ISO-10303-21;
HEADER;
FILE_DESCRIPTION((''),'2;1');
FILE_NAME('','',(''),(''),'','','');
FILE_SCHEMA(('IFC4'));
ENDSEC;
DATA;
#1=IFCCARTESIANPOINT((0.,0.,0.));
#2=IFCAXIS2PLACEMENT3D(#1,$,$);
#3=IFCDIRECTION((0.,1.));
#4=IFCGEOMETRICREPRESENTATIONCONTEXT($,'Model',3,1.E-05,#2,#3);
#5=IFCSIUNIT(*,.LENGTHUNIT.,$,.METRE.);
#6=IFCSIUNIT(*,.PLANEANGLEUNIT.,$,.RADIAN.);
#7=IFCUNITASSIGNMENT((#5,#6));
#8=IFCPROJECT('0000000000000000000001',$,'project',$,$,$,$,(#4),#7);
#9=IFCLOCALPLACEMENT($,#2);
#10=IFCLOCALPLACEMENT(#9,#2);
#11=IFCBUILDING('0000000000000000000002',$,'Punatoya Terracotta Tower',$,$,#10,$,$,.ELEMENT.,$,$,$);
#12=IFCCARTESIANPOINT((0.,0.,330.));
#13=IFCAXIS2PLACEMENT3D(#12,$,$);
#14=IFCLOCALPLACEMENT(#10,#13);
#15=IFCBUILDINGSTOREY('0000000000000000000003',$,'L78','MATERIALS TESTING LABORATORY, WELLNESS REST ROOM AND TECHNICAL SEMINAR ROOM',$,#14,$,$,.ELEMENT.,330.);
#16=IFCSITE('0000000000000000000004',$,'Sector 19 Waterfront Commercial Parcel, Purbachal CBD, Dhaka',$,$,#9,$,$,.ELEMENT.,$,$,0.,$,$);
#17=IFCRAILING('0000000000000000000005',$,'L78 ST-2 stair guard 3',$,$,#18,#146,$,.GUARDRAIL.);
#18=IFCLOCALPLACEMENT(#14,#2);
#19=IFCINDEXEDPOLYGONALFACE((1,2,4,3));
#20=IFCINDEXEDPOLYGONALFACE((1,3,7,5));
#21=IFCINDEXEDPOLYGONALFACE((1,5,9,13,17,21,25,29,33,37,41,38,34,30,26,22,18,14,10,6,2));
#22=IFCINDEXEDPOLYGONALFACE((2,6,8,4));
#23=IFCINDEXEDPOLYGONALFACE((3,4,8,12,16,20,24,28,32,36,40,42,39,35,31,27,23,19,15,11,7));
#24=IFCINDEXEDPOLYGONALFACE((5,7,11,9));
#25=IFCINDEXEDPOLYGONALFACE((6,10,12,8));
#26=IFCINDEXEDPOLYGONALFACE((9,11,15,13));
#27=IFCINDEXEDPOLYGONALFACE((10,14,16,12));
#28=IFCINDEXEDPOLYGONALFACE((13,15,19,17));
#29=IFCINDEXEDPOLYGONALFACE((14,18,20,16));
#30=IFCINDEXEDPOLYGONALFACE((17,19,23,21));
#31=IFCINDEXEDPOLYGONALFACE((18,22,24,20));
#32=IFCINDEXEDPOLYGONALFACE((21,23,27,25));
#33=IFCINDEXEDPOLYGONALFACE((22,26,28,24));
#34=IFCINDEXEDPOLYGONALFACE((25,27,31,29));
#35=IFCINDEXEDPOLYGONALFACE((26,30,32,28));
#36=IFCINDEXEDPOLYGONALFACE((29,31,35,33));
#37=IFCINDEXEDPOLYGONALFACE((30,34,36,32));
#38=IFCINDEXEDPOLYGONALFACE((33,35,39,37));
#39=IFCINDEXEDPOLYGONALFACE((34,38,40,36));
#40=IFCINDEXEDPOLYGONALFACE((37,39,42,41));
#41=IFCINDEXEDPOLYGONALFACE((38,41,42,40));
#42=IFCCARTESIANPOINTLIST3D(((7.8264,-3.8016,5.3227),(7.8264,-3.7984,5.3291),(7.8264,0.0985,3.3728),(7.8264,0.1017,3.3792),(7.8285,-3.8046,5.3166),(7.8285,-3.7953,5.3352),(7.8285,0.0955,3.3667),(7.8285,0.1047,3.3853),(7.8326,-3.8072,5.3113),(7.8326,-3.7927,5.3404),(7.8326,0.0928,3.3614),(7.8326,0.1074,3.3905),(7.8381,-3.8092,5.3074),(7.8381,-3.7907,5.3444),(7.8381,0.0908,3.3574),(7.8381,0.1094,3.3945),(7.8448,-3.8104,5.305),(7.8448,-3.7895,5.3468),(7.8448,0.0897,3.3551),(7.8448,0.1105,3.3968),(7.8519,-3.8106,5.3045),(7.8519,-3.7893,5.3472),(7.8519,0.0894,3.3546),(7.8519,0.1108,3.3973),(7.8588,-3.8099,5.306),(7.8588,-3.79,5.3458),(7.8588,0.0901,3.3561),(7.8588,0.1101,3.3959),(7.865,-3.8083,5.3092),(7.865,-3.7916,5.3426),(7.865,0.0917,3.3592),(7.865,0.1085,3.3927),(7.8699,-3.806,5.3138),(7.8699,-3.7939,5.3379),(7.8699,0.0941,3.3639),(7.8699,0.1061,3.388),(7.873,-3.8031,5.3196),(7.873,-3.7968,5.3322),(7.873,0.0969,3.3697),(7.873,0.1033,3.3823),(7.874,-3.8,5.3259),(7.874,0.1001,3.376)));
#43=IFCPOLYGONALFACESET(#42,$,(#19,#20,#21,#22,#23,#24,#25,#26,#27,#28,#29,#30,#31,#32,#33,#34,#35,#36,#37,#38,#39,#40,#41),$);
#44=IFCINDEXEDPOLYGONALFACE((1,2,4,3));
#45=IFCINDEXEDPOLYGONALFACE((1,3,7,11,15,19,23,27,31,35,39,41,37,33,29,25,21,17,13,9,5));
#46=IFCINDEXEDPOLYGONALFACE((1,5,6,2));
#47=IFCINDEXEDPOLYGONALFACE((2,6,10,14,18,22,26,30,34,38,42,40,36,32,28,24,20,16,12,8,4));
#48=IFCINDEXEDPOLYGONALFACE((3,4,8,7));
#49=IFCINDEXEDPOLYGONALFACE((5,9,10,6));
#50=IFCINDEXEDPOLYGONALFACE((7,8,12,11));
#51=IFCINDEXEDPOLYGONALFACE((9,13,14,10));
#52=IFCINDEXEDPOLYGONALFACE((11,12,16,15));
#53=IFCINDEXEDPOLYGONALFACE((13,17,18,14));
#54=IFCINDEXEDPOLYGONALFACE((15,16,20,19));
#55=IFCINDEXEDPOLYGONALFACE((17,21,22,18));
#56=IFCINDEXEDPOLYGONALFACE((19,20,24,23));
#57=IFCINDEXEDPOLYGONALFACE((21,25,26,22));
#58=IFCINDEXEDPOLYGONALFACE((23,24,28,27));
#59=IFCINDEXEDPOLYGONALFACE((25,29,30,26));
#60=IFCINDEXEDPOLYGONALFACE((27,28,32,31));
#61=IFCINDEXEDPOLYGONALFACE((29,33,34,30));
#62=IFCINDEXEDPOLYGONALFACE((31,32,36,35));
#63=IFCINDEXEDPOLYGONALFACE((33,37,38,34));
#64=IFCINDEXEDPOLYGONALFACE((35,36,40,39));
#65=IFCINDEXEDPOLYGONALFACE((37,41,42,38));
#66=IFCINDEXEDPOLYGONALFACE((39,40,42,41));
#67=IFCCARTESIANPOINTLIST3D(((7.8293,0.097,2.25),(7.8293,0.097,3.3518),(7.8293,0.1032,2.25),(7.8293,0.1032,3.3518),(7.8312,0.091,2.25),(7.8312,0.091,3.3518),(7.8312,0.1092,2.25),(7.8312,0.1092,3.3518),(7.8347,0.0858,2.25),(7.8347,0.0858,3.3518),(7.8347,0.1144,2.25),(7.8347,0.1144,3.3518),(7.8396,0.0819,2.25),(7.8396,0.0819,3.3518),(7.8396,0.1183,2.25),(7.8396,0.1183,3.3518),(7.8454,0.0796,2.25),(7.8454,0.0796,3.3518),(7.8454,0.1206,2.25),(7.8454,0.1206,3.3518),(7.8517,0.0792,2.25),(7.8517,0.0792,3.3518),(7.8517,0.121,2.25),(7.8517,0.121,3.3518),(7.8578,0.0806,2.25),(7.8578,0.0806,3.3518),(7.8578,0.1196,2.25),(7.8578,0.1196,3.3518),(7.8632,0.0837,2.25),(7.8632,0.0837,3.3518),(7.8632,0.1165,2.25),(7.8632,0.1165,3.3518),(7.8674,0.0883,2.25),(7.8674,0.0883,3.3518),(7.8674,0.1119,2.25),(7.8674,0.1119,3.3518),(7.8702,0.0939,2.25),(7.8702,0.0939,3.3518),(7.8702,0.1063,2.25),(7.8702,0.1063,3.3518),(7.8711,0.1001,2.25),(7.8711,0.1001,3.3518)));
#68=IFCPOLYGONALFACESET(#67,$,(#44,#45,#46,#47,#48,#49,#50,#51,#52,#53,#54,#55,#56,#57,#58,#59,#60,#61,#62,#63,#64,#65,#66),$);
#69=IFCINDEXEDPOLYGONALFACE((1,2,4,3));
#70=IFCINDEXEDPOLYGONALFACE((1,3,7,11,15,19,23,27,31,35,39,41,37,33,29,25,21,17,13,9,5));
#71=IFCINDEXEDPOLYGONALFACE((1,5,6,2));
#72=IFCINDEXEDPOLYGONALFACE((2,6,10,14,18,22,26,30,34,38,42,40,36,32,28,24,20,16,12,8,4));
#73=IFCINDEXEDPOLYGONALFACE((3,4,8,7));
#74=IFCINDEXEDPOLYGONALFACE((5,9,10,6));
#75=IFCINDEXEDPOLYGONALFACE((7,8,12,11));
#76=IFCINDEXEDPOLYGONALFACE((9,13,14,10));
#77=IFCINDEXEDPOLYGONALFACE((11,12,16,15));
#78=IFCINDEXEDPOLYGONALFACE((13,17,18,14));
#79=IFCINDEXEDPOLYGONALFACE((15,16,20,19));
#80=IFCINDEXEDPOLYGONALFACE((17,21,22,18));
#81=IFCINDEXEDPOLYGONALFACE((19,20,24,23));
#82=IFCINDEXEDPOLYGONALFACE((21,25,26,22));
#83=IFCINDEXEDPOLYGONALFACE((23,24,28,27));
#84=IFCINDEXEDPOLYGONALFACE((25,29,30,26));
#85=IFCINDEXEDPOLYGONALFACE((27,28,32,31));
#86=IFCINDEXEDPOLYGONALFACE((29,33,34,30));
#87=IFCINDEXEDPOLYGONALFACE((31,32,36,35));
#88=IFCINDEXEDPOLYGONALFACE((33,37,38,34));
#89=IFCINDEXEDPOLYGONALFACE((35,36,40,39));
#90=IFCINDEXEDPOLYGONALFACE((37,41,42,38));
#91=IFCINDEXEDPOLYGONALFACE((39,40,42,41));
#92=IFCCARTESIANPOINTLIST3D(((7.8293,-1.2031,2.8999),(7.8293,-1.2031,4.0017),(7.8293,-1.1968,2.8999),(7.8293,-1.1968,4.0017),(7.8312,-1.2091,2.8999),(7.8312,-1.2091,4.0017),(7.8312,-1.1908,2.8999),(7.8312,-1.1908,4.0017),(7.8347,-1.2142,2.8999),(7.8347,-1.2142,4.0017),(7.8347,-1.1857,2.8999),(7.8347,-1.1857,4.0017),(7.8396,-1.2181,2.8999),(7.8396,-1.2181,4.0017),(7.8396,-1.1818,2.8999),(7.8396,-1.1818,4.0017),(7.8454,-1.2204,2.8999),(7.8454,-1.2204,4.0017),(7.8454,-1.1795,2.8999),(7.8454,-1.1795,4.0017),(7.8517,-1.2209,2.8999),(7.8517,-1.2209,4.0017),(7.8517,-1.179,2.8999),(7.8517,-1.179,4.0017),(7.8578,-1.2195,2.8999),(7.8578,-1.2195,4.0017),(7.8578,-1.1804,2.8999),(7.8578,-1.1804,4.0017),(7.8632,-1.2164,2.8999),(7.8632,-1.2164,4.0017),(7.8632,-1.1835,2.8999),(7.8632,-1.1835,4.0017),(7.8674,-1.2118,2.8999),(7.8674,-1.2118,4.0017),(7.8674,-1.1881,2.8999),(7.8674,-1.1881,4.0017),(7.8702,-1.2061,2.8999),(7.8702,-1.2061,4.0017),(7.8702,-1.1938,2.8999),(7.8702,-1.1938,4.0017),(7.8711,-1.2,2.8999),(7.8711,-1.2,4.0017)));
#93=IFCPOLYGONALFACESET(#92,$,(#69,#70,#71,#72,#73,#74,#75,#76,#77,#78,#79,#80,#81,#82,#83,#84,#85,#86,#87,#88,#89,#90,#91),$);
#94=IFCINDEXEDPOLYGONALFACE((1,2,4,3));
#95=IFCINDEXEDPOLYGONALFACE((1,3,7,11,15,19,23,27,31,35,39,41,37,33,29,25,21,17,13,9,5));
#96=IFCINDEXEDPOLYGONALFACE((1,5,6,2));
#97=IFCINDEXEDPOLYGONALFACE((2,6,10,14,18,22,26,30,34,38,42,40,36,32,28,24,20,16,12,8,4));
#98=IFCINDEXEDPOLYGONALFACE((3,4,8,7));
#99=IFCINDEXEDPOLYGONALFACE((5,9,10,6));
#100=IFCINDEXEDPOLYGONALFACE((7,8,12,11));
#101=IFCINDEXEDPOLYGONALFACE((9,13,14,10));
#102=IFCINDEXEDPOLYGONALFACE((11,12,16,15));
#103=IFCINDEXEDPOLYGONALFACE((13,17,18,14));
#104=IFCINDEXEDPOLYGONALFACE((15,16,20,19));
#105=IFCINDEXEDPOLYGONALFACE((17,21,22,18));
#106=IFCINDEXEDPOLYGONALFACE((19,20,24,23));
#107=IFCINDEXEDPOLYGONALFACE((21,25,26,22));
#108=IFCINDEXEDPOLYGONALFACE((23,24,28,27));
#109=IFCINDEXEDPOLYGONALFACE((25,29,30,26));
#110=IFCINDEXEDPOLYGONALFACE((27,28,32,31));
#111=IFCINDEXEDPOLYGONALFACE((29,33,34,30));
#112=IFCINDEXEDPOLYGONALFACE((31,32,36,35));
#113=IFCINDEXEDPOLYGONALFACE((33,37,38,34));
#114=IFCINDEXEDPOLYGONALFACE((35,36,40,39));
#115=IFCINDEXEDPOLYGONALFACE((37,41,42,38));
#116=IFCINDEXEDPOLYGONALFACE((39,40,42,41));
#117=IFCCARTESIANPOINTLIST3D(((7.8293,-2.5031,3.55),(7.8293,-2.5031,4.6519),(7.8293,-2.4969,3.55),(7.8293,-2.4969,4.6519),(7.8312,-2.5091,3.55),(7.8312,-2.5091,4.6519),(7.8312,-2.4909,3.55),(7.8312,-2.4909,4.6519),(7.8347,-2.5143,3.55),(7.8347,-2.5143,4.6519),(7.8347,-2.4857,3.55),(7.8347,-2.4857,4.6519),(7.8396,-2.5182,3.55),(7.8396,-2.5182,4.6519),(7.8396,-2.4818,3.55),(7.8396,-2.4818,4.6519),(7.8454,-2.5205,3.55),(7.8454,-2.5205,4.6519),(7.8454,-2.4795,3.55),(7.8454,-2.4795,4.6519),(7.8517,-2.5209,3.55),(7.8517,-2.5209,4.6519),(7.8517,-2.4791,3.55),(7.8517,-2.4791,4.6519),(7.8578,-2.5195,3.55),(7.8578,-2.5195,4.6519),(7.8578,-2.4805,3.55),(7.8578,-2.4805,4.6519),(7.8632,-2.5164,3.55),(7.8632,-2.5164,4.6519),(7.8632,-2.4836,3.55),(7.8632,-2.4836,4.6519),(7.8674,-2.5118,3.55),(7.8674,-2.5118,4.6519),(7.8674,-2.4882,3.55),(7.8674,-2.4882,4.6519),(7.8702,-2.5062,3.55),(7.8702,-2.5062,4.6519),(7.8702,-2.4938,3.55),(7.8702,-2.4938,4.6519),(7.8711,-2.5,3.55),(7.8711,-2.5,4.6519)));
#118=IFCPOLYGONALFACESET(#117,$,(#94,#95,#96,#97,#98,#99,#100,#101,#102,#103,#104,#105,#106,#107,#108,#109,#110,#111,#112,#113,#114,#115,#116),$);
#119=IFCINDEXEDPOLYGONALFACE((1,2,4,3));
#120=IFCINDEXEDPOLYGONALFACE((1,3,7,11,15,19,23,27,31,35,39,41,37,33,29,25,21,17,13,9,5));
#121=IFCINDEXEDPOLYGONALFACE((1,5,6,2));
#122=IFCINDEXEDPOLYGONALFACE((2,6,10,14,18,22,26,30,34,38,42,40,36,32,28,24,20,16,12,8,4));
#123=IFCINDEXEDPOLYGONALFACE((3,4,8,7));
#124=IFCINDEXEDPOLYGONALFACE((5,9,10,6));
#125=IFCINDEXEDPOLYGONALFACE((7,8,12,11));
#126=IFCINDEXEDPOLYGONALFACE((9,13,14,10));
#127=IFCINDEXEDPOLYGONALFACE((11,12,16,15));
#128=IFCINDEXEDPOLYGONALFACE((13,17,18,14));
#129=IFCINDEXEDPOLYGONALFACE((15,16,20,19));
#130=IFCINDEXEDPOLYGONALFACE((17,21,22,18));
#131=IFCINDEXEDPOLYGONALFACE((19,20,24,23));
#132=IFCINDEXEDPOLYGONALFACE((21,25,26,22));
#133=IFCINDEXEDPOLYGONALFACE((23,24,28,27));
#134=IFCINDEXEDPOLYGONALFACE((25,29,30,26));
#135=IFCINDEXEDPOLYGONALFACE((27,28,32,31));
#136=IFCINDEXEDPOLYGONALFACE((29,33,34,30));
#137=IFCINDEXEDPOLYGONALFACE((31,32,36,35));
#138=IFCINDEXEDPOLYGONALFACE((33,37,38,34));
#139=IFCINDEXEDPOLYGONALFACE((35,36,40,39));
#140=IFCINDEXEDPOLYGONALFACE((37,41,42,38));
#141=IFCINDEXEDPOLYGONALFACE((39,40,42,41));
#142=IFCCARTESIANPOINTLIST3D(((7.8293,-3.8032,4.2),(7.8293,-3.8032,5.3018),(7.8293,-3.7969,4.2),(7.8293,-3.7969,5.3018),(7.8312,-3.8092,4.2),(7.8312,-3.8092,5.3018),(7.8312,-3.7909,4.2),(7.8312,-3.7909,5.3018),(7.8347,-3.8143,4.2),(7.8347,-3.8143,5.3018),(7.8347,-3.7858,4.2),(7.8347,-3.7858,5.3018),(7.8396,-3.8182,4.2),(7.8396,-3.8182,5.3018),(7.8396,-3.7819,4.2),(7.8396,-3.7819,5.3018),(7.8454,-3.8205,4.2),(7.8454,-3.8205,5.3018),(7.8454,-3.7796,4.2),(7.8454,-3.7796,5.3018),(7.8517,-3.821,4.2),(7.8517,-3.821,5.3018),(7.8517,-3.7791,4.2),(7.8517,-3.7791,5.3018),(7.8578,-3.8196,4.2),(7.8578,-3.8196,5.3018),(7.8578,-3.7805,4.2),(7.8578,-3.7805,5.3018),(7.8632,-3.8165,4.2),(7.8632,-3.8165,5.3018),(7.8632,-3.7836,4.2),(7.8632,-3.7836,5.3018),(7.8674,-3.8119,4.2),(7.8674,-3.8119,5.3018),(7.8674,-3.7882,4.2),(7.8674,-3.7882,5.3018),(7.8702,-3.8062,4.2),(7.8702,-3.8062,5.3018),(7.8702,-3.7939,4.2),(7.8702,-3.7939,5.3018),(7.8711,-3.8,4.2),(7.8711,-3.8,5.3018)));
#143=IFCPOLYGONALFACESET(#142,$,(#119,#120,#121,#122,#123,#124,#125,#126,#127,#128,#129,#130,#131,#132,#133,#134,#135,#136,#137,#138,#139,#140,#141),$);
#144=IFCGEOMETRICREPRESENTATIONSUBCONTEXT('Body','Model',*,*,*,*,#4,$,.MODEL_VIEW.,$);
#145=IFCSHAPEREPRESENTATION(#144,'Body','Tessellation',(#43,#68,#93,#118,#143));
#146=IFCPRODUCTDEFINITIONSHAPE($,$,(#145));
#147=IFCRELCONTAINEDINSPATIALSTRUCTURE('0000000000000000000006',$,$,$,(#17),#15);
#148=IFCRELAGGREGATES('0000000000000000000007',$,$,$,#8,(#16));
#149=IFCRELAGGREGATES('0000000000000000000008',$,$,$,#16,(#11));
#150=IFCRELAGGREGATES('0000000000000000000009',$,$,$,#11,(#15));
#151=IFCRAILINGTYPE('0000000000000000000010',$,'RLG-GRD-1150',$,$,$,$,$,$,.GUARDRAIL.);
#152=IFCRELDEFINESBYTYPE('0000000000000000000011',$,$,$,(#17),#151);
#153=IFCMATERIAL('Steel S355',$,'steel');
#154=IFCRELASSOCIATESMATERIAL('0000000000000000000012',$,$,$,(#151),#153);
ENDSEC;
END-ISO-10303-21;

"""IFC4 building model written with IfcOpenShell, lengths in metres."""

from ifc_helpers import new_model, si_unit, direction, frame, origin, origin_2d, place, context, subcontext, project, spatial, circle, extrude, material, type_object, element, save


model = new_model("IFC4")

# Units and contexts
model_context = context("Model", 3, precision=1e-05, world=origin(), true_north=direction((0.0, 1.0)))
body_context = subcontext(model_context, "Body", "Model", "MODEL_VIEW")
ifc_project = project(units=[si_unit("LENGTHUNIT", "METRE"), si_unit("PLANEANGLEUNIT", "RADIAN")], contexts=[model_context])

# Site, building, storey
site_placement = place(None, origin())
site = spatial("IfcSite", under=ifc_project, at=site_placement, Name="Sector 19 Waterfront Commercial Parcel, Purbachal CBD, Dhaka", CompositionType="ELEMENT", RefElevation=0.0)
building_placement = place(site_placement, origin())
building = spatial("IfcBuilding", under=site, at=building_placement, Name="Punatoya Terracotta Tower", CompositionType="ELEMENT")
storey_placement = place(building_placement, frame((0.0, 0.0, 330.0)))
storey = spatial("IfcBuildingStorey", under=building, at=storey_placement, Name="L78", Description="MATERIALS TESTING LABORATORY, WELLNESS REST ROOM AND TECHNICAL SEMINAR ROOM", CompositionType="ELEMENT", Elevation=330.0)

# Shared definitions
ifc_material_1 = material(Name="Steel S355", Category="steel")

# Railing
railing_type_1 = type_object("IfcRailingType", Name="RLG-GRD-1150", PredefinedType="GUARDRAIL", material=ifc_material_1)
railing_1_placement = place(storey_placement, frame((7.8501, 0.1001, 2.25)))
element("IfcRailing", 1, at=railing_1_placement, inside=storey, type_object=railing_type_1, Name="L78 ST-2 stair guard 3", PredefinedType="GUARDRAIL", context=body_context, shape_type="SweptSolid", body=[
    extrude(circle(Radius=0.0239, at=origin_2d()), frame((0.0, 0.0, 1.126), z_axis=(0.0, -0.894438, 0.447191), x_axis=(1.0, 0.0, 0.0)), (0.0, 0.0, 1.0), 4.3604),
    extrude(circle(Radius=0.021, at=origin_2d()), origin(), (0.0, 0.0, 1.0), 1.1018),
    extrude(circle(Radius=0.021, at=origin_2d()), frame((0.0, -1.3, 0.6499)), (0.0, 0.0, 1.0), 1.1018),
    extrude(circle(Radius=0.021, at=origin_2d()), frame((0.0, -2.6001, 1.3)), (0.0, 0.0, 1.0), 1.1018),
    extrude(circle(Radius=0.021, at=origin_2d()), frame((0.0, -3.9001, 1.95)), (0.0, 0.0, 1.0), 1.1018),
])

save(model, "model.ifc")
